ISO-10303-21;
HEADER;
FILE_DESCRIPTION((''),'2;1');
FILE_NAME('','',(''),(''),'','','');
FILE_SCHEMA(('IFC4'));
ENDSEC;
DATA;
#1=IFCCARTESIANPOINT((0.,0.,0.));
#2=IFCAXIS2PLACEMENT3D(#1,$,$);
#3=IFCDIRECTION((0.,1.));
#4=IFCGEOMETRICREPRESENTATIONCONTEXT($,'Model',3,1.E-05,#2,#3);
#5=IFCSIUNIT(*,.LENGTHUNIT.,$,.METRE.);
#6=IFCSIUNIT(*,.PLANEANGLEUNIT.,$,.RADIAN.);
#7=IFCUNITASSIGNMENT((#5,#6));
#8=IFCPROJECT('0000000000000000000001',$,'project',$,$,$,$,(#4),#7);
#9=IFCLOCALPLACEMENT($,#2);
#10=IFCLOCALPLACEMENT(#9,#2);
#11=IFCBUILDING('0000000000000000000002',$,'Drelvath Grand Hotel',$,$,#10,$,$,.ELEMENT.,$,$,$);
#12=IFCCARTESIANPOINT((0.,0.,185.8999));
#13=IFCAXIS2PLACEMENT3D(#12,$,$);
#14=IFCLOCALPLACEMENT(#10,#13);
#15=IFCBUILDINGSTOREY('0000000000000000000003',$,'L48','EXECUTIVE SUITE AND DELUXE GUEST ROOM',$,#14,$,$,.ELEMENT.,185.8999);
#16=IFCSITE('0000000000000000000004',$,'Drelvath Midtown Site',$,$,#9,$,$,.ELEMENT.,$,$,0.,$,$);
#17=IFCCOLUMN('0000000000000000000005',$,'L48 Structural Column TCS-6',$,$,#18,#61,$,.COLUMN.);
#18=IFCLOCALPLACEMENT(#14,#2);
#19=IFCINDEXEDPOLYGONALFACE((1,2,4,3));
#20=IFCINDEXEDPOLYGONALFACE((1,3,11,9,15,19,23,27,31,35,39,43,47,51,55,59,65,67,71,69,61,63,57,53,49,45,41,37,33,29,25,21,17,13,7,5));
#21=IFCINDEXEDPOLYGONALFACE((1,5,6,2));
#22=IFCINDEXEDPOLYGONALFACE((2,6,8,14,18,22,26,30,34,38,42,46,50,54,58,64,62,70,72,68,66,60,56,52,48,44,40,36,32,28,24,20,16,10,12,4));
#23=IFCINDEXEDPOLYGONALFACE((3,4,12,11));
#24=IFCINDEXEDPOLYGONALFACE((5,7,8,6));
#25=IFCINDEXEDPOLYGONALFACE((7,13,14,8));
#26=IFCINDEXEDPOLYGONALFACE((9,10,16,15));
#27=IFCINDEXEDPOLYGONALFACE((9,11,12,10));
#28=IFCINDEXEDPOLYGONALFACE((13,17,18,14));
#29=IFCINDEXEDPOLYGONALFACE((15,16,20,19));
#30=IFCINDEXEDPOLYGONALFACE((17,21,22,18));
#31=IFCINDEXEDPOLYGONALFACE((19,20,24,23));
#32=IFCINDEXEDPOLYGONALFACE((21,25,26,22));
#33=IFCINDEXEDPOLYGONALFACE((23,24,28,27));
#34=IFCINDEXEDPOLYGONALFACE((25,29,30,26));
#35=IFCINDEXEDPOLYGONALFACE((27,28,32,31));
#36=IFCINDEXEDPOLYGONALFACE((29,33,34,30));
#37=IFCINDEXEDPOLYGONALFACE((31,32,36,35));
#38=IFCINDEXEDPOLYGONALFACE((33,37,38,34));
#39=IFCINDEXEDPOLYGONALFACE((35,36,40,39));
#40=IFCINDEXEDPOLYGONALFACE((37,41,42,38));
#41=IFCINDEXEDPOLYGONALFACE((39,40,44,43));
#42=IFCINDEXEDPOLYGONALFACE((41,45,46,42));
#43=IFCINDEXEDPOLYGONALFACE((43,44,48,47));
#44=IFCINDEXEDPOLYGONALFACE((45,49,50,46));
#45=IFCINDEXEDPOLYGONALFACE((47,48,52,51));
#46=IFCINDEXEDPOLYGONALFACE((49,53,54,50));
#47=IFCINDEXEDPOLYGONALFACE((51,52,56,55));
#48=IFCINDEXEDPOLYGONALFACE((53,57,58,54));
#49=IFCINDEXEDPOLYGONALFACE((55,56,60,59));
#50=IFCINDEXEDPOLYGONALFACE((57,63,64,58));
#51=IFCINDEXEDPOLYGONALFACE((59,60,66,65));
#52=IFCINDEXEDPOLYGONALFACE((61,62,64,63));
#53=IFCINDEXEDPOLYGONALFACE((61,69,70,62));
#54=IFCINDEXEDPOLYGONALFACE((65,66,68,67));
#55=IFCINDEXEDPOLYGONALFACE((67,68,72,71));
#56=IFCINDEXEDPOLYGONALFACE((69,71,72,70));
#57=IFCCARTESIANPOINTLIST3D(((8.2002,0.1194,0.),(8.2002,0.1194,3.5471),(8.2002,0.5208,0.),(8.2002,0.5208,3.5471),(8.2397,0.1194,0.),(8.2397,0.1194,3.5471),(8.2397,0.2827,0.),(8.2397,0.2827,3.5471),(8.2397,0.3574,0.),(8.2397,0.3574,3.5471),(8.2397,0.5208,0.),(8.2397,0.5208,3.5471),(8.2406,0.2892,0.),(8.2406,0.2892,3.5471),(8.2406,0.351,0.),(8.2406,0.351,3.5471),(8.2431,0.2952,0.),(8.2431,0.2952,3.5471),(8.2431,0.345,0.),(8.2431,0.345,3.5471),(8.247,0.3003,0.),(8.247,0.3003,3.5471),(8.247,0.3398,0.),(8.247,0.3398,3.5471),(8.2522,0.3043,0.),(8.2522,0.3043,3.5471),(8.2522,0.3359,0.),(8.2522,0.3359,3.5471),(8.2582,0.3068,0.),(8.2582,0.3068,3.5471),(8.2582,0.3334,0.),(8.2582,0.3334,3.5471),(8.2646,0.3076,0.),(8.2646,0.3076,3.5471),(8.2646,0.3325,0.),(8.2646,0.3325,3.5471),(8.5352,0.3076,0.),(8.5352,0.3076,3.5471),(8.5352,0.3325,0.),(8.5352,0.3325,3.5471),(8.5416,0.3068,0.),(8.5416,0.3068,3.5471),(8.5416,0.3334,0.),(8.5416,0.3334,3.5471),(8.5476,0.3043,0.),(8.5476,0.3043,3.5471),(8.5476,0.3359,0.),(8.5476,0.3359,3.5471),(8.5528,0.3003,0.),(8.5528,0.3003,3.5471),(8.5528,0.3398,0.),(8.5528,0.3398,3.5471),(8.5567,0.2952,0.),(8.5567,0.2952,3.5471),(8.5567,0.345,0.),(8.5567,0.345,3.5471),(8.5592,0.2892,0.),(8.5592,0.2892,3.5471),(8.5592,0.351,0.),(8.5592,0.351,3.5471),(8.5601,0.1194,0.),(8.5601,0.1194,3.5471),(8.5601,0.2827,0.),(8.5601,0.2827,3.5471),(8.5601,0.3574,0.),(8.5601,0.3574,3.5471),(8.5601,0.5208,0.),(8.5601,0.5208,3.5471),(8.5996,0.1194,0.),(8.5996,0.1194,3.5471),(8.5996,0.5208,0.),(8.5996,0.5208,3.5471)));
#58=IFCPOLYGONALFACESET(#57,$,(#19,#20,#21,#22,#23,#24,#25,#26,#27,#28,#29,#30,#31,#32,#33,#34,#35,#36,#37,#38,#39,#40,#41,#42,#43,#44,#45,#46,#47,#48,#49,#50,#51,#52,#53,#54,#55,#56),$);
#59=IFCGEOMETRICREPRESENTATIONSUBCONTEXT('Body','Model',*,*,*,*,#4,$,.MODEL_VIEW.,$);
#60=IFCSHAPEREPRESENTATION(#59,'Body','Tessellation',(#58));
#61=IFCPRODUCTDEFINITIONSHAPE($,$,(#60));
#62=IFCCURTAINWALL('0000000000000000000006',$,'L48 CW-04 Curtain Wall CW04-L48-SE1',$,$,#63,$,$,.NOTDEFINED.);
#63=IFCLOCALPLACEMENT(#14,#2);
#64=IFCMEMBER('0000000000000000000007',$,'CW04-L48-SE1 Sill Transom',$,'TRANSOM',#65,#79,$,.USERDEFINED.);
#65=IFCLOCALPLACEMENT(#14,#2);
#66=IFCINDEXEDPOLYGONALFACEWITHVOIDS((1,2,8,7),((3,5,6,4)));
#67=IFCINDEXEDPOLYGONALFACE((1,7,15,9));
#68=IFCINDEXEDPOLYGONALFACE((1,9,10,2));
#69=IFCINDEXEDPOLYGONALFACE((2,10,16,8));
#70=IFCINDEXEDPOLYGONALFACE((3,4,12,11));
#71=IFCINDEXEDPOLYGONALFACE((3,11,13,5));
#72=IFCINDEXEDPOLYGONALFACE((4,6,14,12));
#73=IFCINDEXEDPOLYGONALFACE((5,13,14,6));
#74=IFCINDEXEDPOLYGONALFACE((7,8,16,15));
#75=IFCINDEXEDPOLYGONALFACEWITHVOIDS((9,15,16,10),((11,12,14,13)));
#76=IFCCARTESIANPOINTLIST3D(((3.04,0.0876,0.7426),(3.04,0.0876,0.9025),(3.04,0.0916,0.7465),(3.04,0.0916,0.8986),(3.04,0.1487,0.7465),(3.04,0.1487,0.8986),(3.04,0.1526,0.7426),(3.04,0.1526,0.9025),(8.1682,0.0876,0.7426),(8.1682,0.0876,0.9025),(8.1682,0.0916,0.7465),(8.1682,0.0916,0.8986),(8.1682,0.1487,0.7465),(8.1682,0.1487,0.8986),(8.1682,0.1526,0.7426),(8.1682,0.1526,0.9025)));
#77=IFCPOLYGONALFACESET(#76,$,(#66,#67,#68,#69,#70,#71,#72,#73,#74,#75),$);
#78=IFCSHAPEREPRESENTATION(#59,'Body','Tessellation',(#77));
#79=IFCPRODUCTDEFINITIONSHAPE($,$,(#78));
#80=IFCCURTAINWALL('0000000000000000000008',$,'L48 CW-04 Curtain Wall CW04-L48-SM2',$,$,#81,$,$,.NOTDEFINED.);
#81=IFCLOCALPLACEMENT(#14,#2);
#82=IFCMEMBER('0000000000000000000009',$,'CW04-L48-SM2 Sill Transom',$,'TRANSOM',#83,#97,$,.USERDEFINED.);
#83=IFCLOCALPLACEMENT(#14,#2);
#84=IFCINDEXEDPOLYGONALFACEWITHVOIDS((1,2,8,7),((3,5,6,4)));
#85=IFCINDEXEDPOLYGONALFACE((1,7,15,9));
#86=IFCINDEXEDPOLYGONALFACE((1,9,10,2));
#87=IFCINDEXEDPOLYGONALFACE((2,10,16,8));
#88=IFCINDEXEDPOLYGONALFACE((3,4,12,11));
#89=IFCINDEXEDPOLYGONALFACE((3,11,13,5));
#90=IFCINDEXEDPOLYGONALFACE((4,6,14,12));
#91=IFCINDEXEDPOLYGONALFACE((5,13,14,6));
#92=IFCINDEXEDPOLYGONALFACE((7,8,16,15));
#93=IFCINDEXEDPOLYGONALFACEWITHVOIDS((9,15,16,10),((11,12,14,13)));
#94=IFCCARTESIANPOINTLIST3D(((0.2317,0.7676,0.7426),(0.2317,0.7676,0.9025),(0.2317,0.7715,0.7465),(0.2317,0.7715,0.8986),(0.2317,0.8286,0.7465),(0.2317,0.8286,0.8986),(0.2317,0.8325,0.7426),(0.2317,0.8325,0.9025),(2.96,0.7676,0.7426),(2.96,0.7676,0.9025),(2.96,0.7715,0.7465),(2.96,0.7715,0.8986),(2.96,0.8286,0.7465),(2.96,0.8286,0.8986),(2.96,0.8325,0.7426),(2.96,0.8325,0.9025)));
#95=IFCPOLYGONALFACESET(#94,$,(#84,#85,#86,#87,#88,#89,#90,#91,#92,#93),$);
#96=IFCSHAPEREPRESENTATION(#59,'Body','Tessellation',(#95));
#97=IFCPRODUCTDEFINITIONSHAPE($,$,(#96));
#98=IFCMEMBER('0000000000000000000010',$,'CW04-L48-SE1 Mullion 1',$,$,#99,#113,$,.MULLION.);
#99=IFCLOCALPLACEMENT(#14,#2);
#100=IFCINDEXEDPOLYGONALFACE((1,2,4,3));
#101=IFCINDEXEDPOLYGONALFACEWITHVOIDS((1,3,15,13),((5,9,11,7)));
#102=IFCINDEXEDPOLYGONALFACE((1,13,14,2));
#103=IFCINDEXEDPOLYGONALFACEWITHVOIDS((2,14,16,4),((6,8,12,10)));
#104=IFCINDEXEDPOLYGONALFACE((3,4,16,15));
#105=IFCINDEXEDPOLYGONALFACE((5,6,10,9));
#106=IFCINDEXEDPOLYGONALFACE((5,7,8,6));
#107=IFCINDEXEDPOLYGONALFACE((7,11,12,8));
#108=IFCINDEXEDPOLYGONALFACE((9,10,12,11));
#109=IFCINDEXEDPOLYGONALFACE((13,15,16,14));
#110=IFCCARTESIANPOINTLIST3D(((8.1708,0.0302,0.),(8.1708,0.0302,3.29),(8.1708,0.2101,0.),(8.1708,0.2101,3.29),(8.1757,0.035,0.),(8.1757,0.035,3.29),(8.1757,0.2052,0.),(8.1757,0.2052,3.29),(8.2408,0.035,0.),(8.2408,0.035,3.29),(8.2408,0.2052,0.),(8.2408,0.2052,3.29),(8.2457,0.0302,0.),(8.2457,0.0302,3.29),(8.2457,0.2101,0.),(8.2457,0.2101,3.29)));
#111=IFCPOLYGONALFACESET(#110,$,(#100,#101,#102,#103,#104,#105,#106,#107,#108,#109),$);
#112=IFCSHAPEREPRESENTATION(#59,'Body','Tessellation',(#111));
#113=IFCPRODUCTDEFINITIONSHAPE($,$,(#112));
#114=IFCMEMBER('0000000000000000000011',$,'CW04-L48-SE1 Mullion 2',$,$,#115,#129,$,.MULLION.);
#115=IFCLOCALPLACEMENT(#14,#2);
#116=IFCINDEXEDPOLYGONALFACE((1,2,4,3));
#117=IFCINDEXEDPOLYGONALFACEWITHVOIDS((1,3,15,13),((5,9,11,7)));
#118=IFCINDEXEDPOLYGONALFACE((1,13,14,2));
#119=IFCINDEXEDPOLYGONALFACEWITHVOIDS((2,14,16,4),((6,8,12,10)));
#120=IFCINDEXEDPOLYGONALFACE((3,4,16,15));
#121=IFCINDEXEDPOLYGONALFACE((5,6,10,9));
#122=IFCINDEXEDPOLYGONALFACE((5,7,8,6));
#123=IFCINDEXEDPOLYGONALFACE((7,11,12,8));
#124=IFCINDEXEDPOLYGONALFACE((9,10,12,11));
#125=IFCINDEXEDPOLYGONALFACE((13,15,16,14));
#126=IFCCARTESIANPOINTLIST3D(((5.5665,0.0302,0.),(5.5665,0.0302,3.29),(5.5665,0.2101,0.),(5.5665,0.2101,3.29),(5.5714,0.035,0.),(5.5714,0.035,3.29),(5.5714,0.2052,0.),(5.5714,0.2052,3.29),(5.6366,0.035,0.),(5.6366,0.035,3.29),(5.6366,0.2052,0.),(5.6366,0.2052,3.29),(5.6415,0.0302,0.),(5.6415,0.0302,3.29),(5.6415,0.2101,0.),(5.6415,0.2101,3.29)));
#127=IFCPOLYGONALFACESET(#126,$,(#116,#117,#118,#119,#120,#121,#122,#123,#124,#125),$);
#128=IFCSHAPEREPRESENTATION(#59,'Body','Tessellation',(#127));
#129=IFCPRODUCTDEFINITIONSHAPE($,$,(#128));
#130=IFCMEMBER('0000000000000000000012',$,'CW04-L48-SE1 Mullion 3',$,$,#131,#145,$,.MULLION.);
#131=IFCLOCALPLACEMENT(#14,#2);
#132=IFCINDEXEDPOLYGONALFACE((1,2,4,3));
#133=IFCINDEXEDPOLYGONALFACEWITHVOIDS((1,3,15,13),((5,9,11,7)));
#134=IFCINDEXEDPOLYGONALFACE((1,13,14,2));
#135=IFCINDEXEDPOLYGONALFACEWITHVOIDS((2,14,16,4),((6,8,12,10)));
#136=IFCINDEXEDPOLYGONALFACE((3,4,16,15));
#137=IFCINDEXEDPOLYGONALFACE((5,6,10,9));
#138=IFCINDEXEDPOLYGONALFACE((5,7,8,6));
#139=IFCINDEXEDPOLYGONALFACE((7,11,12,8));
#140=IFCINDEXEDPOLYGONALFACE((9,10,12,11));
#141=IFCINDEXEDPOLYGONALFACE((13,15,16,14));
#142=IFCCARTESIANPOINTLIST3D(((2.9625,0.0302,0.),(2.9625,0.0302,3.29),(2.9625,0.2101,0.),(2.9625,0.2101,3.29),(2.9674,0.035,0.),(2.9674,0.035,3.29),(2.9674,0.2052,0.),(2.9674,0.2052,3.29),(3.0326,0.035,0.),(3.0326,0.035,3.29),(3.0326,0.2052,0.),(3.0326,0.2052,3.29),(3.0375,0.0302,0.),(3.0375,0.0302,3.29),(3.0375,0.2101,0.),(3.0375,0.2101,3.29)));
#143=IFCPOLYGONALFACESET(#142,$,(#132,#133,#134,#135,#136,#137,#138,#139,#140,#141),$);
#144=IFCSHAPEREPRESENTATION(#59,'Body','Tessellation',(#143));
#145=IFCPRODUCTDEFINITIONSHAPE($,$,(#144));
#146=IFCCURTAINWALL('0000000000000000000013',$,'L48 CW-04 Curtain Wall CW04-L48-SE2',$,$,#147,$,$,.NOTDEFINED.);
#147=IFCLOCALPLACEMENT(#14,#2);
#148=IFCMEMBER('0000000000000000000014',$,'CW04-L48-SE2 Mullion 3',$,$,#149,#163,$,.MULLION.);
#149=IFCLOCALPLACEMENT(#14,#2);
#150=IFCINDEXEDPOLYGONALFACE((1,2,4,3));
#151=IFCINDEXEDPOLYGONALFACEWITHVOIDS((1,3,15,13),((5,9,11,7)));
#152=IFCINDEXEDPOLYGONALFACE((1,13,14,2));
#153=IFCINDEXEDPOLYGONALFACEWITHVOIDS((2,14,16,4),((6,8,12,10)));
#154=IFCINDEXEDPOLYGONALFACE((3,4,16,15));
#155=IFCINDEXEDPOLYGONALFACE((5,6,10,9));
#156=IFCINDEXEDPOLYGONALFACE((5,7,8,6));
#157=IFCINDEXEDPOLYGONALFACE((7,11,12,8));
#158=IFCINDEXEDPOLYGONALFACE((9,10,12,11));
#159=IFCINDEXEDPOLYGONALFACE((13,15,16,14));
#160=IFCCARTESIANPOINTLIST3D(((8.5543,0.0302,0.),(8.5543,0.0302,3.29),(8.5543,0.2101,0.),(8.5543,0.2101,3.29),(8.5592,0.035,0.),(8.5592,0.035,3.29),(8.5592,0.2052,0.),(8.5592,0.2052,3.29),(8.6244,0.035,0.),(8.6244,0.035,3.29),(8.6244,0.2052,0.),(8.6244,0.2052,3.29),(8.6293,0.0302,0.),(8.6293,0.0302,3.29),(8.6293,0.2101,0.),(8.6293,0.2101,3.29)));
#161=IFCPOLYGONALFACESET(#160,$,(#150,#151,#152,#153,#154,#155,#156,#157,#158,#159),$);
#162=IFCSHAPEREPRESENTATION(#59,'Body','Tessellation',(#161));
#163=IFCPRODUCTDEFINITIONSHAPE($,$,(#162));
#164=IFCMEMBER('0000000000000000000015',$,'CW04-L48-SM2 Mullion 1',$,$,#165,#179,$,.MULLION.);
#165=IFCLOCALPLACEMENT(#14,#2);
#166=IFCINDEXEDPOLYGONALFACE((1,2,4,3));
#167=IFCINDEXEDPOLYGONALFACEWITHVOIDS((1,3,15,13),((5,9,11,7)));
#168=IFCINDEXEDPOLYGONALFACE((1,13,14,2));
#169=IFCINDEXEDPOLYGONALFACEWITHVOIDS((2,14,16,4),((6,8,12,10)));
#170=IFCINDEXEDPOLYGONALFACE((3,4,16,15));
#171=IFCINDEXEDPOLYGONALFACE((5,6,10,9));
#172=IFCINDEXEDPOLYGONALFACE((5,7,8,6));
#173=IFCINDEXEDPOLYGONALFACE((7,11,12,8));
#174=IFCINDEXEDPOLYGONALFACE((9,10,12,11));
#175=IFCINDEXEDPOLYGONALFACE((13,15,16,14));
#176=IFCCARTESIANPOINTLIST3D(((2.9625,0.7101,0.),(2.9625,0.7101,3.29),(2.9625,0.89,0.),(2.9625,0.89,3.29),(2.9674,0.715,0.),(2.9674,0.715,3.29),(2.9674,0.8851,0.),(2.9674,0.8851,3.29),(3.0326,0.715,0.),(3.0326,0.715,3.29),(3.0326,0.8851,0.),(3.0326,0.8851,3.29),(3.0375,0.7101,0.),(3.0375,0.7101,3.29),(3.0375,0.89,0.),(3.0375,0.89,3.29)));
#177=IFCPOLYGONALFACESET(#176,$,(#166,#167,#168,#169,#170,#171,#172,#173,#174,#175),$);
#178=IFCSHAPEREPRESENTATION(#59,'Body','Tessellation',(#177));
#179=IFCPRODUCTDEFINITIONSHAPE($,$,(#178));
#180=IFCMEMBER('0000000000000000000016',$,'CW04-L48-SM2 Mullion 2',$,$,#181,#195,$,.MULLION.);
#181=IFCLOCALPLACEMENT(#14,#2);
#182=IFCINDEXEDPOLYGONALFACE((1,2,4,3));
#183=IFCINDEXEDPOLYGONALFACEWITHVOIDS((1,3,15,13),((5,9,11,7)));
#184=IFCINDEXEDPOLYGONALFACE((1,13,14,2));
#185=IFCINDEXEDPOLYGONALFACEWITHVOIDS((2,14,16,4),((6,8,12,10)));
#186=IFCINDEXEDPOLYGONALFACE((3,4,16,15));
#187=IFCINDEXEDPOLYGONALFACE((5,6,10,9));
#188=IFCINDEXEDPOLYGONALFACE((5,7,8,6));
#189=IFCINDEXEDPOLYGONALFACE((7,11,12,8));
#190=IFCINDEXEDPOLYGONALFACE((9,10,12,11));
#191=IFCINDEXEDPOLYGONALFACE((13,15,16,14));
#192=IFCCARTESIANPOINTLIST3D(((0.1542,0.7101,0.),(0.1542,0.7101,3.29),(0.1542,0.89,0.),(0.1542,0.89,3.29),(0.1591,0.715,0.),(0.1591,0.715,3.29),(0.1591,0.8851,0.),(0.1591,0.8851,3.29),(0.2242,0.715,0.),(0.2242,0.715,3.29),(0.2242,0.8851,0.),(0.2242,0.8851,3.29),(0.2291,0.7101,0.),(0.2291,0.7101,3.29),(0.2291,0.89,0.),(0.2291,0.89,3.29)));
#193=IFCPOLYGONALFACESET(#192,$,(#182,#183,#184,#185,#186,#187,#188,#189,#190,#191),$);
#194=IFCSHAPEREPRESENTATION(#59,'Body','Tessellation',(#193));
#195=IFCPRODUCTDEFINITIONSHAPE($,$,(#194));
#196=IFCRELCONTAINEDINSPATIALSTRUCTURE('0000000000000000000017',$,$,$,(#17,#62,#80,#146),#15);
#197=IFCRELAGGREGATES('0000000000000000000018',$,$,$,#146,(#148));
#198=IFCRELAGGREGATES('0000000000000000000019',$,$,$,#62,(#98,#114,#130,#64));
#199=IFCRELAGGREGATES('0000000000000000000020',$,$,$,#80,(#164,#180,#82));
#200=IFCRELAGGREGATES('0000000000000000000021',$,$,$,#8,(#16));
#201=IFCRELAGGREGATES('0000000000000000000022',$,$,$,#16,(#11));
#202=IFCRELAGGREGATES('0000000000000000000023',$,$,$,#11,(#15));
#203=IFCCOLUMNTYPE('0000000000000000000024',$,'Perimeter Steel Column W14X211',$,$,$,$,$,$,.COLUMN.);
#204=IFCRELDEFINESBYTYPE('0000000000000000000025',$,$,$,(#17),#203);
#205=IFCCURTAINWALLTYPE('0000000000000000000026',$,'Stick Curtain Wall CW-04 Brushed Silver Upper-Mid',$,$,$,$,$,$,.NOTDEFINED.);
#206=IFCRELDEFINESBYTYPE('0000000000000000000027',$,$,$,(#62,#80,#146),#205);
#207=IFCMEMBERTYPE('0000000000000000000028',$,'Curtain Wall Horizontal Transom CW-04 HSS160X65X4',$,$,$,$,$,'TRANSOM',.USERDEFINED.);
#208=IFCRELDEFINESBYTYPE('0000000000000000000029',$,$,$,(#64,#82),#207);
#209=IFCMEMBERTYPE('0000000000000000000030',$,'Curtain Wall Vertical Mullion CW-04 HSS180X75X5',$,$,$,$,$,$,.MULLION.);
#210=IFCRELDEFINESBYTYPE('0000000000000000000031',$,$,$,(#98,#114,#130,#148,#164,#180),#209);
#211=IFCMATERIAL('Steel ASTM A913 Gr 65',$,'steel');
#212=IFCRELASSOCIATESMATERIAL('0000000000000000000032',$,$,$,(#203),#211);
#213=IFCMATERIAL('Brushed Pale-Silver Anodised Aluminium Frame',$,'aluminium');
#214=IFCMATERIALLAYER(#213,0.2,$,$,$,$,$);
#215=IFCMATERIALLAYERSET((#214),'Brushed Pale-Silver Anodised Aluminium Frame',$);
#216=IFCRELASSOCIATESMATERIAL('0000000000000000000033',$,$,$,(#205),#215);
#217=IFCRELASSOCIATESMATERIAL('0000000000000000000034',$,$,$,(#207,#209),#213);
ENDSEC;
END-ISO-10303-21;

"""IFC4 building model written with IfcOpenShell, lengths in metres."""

from ifc_helpers import new_model, si_unit, direction, frame, origin, origin_2d, place, context, subcontext, project, spatial, hollow_rectangle, i_section, extrude, material, layer, layer_set, material_profile, profile_set, type_object, element, aggregate, save


model = new_model("IFC4")

# Units and contexts
model_context = context("Model", 3, precision=1e-05, world=origin(), true_north=direction((0.0, 1.0)))
body_context = subcontext(model_context, "Body", "Model", "MODEL_VIEW")
ifc_project = project(units=[si_unit("LENGTHUNIT", "METRE"), si_unit("PLANEANGLEUNIT", "RADIAN")], contexts=[model_context])

# Site, building, storey
site_placement = place(None, origin())
site = spatial("IfcSite", under=ifc_project, at=site_placement, Name="Drelvath Midtown Site", CompositionType="ELEMENT", RefElevation=0.0)
building_placement = place(site_placement, origin())
building = spatial("IfcBuilding", under=site, at=building_placement, Name="Drelvath Grand Hotel", CompositionType="ELEMENT")
storey_placement = place(building_placement, frame((0.0, 0.0, 185.8999)))
storey = spatial("IfcBuildingStorey", under=building, at=storey_placement, Name="L48", Description="EXECUTIVE SUITE AND DELUXE GUEST ROOM", CompositionType="ELEMENT", Elevation=185.8999)

# Column
ifc_material_1 = material(Name="Steel ASTM A913 Gr 65", Category="steel")
ifc_material_profile_1 = material_profile(ifc_material_1, i_section(OverallWidth=0.4014, OverallDepth=0.3994, WebThickness=0.0249, FlangeThickness=0.0396, FilletRadius=0.0249, at=origin_2d()), Name="W14X211")
ifc_profile_set_1 = profile_set([ifc_material_profile_1], Name="Steel ASTM A913 Gr 65")
column_type = type_object("IfcColumnType", Name="Perimeter Steel Column W14X211", PredefinedType="COLUMN", material=ifc_profile_set_1)
column_placement = place(storey_placement, frame((8.3999, 0.3201, 0.0), z_axis=(0.0, 0.0, 1.0), x_axis=(0.0, 1.0, 0.0)))
element("IfcColumn", 1, at=column_placement, inside=storey, type_object=column_type, Name="L48 Structural Column TCS-6", PredefinedType="COLUMN", context=body_context, shape_type="SweptSolid", body=[
    extrude(i_section(OverallWidth=0.4014, OverallDepth=0.3994, WebThickness=0.0249, FlangeThickness=0.0396, FilletRadius=0.0249, at=origin_2d()), origin(), (0.0, 0.0, 1.0), 3.5471),
])

# Curtain walls, members
ifc_material_2 = material(Name="Brushed Pale-Silver Anodised Aluminium Frame", Category="aluminium")
ifc_layer_1 = layer(ifc_material_2, 0.2)
ifc_layer_set_1 = layer_set([ifc_layer_1], Name="Brushed Pale-Silver Anodised Aluminium Frame")
curtain_wall_type = type_object("IfcCurtainWallType", Name="Stick Curtain Wall CW-04 Brushed Silver Upper-Mid", PredefinedType="NOTDEFINED", material=ifc_layer_set_1)
curtain_wall_1_placement = place(storey_placement, origin())
curtain_wall_1 = element("IfcCurtainWall", 2, at=curtain_wall_1_placement, inside=storey, type_object=curtain_wall_type, Name="L48 CW-04 Curtain Wall CW04-L48-SE1", PredefinedType="NOTDEFINED")
ifc_material_profile_2 = material_profile(ifc_material_2, hollow_rectangle(XDim=0.0649, YDim=0.1599, WallThickness=0.0039, at=origin_2d()), Name="HSS160X65X4")
ifc_profile_set_2 = profile_set([ifc_material_profile_2], Name="Brushed Pale-Silver Anodised Aluminium Frame")
member_type_1 = type_object("IfcMemberType", Name="Curtain Wall Horizontal Transom CW-04 HSS160X65X4", ElementType="TRANSOM", PredefinedType="USERDEFINED", material=ifc_profile_set_2)
member_1_placement = place(storey_placement, frame((8.1682, 0.1201, 0.8225), z_axis=(-1.0, 0.0, 0.0), x_axis=(0.0, -1.0, 0.0)))
member_1 = element("IfcMember", 3, at=member_1_placement, type_object=member_type_1, Name="CW04-L48-SE1 Sill Transom", ObjectType="TRANSOM", PredefinedType="USERDEFINED", context=body_context, shape_type="SweptSolid", body=[
    extrude(hollow_rectangle(XDim=0.0649, YDim=0.1599, WallThickness=0.0039, at=origin_2d()), origin(), (0.0, 0.0, 1.0), 5.1282),
])
curtain_wall_2_placement = place(storey_placement, origin())
curtain_wall_2 = element("IfcCurtainWall", 4, at=curtain_wall_2_placement, inside=storey, type_object=curtain_wall_type, Name="L48 CW-04 Curtain Wall CW04-L48-SM2", PredefinedType="NOTDEFINED")
member_2_placement = place(storey_placement, frame((2.96, 0.8, 0.8225), z_axis=(-1.0, 0.0, 0.0), x_axis=(0.0, -1.0, 0.0)))
member_2 = element("IfcMember", 5, at=member_2_placement, type_object=member_type_1, Name="CW04-L48-SM2 Sill Transom", ObjectType="TRANSOM", PredefinedType="USERDEFINED", context=body_context, shape_type="SweptSolid", body=[
    extrude(hollow_rectangle(XDim=0.0649, YDim=0.1599, WallThickness=0.0039, at=origin_2d()), origin(), (0.0, 0.0, 1.0), 2.7283),
])

# Members
ifc_material_profile_3 = material_profile(ifc_material_2, hollow_rectangle(XDim=0.075, YDim=0.1799, WallThickness=0.0049, at=origin_2d()), Name="HSS180X75X5")
ifc_profile_set_3 = profile_set([ifc_material_profile_3], Name="Brushed Pale-Silver Anodised Aluminium Frame")
member_type_2 = type_object("IfcMemberType", Name="Curtain Wall Vertical Mullion CW-04 HSS180X75X5", PredefinedType="MULLION", material=ifc_profile_set_3)
member_3_placement = place(storey_placement, frame((8.2083, 0.1201, 0.0), z_axis=(0.0, 0.0, 1.0), x_axis=(1.0, 0.0, 0.0)))
member_3 = element("IfcMember", 6, at=member_3_placement, type_object=member_type_2, Name="CW04-L48-SE1 Mullion 1", PredefinedType="MULLION", context=body_context, shape_type="SweptSolid", body=[
    extrude(hollow_rectangle(XDim=0.075, YDim=0.1799, WallThickness=0.0049, at=origin_2d()), origin(), (0.0, 0.0, 1.0), 3.29),
])
member_4_placement = place(storey_placement, frame((5.604, 0.1201, 0.0), z_axis=(0.0, 0.0, 1.0), x_axis=(1.0, 0.0, 0.0)))
member_4 = element("IfcMember", 7, at=member_4_placement, type_object=member_type_2, Name="CW04-L48-SE1 Mullion 2", PredefinedType="MULLION", context=body_context, shape_type="SweptSolid", body=[
    extrude(hollow_rectangle(XDim=0.075, YDim=0.1799, WallThickness=0.0049, at=origin_2d()), origin(), (0.0, 0.0, 1.0), 3.29),
])
member_5_placement = place(storey_placement, frame((3.0, 0.1201, 0.0), z_axis=(0.0, 0.0, 1.0), x_axis=(1.0, 0.0, 0.0)))
member_5 = element("IfcMember", 8, at=member_5_placement, type_object=member_type_2, Name="CW04-L48-SE1 Mullion 3", PredefinedType="MULLION", context=body_context, shape_type="SweptSolid", body=[
    extrude(hollow_rectangle(XDim=0.075, YDim=0.1799, WallThickness=0.0049, at=origin_2d()), origin(), (0.0, 0.0, 1.0), 3.29),
])

# Curtain wall, member
curtain_wall_3_placement = place(storey_placement, origin())
curtain_wall_3 = element("IfcCurtainWall", 9, at=curtain_wall_3_placement, inside=storey, type_object=curtain_wall_type, Name="L48 CW-04 Curtain Wall CW04-L48-SE2", PredefinedType="NOTDEFINED")
member_6_placement = place(storey_placement, frame((8.5918, 0.1201, 0.0), z_axis=(0.0, 0.0, 1.0), x_axis=(1.0, 0.0, 0.0)))
member_6 = element("IfcMember", 10, at=member_6_placement, type_object=member_type_2, Name="CW04-L48-SE2 Mullion 3", PredefinedType="MULLION", context=body_context, shape_type="SweptSolid", body=[
    extrude(hollow_rectangle(XDim=0.075, YDim=0.1799, WallThickness=0.0049, at=origin_2d()), origin(), (0.0, 0.0, 1.0), 3.29),
])
aggregate(curtain_wall_3, [member_6])

# Members
member_7_placement = place(storey_placement, frame((3.0, 0.8, 0.0), z_axis=(0.0, 0.0, 1.0), x_axis=(1.0, 0.0, 0.0)))
member_7 = element("IfcMember", 11, at=member_7_placement, type_object=member_type_2, Name="CW04-L48-SM2 Mullion 1", PredefinedType="MULLION", context=body_context, shape_type="SweptSolid", body=[
    extrude(hollow_rectangle(XDim=0.075, YDim=0.1799, WallThickness=0.0049, at=origin_2d()), origin(), (0.0, 0.0, 1.0), 3.29),
])
member_8_placement = place(storey_placement, frame((0.1917, 0.8, 0.0), z_axis=(0.0, 0.0, 1.0), x_axis=(1.0, 0.0, 0.0)))
member_8 = element("IfcMember", 12, at=member_8_placement, type_object=member_type_2, Name="CW04-L48-SM2 Mullion 2", PredefinedType="MULLION", context=body_context, shape_type="SweptSolid", body=[
    extrude(hollow_rectangle(XDim=0.075, YDim=0.1799, WallThickness=0.0049, at=origin_2d()), origin(), (0.0, 0.0, 1.0), 3.29),
])

aggregate(curtain_wall_1, [member_3, member_4, member_5, member_1])
aggregate(curtain_wall_2, [member_7, member_8, member_2])

save(model, "model.ifc")
